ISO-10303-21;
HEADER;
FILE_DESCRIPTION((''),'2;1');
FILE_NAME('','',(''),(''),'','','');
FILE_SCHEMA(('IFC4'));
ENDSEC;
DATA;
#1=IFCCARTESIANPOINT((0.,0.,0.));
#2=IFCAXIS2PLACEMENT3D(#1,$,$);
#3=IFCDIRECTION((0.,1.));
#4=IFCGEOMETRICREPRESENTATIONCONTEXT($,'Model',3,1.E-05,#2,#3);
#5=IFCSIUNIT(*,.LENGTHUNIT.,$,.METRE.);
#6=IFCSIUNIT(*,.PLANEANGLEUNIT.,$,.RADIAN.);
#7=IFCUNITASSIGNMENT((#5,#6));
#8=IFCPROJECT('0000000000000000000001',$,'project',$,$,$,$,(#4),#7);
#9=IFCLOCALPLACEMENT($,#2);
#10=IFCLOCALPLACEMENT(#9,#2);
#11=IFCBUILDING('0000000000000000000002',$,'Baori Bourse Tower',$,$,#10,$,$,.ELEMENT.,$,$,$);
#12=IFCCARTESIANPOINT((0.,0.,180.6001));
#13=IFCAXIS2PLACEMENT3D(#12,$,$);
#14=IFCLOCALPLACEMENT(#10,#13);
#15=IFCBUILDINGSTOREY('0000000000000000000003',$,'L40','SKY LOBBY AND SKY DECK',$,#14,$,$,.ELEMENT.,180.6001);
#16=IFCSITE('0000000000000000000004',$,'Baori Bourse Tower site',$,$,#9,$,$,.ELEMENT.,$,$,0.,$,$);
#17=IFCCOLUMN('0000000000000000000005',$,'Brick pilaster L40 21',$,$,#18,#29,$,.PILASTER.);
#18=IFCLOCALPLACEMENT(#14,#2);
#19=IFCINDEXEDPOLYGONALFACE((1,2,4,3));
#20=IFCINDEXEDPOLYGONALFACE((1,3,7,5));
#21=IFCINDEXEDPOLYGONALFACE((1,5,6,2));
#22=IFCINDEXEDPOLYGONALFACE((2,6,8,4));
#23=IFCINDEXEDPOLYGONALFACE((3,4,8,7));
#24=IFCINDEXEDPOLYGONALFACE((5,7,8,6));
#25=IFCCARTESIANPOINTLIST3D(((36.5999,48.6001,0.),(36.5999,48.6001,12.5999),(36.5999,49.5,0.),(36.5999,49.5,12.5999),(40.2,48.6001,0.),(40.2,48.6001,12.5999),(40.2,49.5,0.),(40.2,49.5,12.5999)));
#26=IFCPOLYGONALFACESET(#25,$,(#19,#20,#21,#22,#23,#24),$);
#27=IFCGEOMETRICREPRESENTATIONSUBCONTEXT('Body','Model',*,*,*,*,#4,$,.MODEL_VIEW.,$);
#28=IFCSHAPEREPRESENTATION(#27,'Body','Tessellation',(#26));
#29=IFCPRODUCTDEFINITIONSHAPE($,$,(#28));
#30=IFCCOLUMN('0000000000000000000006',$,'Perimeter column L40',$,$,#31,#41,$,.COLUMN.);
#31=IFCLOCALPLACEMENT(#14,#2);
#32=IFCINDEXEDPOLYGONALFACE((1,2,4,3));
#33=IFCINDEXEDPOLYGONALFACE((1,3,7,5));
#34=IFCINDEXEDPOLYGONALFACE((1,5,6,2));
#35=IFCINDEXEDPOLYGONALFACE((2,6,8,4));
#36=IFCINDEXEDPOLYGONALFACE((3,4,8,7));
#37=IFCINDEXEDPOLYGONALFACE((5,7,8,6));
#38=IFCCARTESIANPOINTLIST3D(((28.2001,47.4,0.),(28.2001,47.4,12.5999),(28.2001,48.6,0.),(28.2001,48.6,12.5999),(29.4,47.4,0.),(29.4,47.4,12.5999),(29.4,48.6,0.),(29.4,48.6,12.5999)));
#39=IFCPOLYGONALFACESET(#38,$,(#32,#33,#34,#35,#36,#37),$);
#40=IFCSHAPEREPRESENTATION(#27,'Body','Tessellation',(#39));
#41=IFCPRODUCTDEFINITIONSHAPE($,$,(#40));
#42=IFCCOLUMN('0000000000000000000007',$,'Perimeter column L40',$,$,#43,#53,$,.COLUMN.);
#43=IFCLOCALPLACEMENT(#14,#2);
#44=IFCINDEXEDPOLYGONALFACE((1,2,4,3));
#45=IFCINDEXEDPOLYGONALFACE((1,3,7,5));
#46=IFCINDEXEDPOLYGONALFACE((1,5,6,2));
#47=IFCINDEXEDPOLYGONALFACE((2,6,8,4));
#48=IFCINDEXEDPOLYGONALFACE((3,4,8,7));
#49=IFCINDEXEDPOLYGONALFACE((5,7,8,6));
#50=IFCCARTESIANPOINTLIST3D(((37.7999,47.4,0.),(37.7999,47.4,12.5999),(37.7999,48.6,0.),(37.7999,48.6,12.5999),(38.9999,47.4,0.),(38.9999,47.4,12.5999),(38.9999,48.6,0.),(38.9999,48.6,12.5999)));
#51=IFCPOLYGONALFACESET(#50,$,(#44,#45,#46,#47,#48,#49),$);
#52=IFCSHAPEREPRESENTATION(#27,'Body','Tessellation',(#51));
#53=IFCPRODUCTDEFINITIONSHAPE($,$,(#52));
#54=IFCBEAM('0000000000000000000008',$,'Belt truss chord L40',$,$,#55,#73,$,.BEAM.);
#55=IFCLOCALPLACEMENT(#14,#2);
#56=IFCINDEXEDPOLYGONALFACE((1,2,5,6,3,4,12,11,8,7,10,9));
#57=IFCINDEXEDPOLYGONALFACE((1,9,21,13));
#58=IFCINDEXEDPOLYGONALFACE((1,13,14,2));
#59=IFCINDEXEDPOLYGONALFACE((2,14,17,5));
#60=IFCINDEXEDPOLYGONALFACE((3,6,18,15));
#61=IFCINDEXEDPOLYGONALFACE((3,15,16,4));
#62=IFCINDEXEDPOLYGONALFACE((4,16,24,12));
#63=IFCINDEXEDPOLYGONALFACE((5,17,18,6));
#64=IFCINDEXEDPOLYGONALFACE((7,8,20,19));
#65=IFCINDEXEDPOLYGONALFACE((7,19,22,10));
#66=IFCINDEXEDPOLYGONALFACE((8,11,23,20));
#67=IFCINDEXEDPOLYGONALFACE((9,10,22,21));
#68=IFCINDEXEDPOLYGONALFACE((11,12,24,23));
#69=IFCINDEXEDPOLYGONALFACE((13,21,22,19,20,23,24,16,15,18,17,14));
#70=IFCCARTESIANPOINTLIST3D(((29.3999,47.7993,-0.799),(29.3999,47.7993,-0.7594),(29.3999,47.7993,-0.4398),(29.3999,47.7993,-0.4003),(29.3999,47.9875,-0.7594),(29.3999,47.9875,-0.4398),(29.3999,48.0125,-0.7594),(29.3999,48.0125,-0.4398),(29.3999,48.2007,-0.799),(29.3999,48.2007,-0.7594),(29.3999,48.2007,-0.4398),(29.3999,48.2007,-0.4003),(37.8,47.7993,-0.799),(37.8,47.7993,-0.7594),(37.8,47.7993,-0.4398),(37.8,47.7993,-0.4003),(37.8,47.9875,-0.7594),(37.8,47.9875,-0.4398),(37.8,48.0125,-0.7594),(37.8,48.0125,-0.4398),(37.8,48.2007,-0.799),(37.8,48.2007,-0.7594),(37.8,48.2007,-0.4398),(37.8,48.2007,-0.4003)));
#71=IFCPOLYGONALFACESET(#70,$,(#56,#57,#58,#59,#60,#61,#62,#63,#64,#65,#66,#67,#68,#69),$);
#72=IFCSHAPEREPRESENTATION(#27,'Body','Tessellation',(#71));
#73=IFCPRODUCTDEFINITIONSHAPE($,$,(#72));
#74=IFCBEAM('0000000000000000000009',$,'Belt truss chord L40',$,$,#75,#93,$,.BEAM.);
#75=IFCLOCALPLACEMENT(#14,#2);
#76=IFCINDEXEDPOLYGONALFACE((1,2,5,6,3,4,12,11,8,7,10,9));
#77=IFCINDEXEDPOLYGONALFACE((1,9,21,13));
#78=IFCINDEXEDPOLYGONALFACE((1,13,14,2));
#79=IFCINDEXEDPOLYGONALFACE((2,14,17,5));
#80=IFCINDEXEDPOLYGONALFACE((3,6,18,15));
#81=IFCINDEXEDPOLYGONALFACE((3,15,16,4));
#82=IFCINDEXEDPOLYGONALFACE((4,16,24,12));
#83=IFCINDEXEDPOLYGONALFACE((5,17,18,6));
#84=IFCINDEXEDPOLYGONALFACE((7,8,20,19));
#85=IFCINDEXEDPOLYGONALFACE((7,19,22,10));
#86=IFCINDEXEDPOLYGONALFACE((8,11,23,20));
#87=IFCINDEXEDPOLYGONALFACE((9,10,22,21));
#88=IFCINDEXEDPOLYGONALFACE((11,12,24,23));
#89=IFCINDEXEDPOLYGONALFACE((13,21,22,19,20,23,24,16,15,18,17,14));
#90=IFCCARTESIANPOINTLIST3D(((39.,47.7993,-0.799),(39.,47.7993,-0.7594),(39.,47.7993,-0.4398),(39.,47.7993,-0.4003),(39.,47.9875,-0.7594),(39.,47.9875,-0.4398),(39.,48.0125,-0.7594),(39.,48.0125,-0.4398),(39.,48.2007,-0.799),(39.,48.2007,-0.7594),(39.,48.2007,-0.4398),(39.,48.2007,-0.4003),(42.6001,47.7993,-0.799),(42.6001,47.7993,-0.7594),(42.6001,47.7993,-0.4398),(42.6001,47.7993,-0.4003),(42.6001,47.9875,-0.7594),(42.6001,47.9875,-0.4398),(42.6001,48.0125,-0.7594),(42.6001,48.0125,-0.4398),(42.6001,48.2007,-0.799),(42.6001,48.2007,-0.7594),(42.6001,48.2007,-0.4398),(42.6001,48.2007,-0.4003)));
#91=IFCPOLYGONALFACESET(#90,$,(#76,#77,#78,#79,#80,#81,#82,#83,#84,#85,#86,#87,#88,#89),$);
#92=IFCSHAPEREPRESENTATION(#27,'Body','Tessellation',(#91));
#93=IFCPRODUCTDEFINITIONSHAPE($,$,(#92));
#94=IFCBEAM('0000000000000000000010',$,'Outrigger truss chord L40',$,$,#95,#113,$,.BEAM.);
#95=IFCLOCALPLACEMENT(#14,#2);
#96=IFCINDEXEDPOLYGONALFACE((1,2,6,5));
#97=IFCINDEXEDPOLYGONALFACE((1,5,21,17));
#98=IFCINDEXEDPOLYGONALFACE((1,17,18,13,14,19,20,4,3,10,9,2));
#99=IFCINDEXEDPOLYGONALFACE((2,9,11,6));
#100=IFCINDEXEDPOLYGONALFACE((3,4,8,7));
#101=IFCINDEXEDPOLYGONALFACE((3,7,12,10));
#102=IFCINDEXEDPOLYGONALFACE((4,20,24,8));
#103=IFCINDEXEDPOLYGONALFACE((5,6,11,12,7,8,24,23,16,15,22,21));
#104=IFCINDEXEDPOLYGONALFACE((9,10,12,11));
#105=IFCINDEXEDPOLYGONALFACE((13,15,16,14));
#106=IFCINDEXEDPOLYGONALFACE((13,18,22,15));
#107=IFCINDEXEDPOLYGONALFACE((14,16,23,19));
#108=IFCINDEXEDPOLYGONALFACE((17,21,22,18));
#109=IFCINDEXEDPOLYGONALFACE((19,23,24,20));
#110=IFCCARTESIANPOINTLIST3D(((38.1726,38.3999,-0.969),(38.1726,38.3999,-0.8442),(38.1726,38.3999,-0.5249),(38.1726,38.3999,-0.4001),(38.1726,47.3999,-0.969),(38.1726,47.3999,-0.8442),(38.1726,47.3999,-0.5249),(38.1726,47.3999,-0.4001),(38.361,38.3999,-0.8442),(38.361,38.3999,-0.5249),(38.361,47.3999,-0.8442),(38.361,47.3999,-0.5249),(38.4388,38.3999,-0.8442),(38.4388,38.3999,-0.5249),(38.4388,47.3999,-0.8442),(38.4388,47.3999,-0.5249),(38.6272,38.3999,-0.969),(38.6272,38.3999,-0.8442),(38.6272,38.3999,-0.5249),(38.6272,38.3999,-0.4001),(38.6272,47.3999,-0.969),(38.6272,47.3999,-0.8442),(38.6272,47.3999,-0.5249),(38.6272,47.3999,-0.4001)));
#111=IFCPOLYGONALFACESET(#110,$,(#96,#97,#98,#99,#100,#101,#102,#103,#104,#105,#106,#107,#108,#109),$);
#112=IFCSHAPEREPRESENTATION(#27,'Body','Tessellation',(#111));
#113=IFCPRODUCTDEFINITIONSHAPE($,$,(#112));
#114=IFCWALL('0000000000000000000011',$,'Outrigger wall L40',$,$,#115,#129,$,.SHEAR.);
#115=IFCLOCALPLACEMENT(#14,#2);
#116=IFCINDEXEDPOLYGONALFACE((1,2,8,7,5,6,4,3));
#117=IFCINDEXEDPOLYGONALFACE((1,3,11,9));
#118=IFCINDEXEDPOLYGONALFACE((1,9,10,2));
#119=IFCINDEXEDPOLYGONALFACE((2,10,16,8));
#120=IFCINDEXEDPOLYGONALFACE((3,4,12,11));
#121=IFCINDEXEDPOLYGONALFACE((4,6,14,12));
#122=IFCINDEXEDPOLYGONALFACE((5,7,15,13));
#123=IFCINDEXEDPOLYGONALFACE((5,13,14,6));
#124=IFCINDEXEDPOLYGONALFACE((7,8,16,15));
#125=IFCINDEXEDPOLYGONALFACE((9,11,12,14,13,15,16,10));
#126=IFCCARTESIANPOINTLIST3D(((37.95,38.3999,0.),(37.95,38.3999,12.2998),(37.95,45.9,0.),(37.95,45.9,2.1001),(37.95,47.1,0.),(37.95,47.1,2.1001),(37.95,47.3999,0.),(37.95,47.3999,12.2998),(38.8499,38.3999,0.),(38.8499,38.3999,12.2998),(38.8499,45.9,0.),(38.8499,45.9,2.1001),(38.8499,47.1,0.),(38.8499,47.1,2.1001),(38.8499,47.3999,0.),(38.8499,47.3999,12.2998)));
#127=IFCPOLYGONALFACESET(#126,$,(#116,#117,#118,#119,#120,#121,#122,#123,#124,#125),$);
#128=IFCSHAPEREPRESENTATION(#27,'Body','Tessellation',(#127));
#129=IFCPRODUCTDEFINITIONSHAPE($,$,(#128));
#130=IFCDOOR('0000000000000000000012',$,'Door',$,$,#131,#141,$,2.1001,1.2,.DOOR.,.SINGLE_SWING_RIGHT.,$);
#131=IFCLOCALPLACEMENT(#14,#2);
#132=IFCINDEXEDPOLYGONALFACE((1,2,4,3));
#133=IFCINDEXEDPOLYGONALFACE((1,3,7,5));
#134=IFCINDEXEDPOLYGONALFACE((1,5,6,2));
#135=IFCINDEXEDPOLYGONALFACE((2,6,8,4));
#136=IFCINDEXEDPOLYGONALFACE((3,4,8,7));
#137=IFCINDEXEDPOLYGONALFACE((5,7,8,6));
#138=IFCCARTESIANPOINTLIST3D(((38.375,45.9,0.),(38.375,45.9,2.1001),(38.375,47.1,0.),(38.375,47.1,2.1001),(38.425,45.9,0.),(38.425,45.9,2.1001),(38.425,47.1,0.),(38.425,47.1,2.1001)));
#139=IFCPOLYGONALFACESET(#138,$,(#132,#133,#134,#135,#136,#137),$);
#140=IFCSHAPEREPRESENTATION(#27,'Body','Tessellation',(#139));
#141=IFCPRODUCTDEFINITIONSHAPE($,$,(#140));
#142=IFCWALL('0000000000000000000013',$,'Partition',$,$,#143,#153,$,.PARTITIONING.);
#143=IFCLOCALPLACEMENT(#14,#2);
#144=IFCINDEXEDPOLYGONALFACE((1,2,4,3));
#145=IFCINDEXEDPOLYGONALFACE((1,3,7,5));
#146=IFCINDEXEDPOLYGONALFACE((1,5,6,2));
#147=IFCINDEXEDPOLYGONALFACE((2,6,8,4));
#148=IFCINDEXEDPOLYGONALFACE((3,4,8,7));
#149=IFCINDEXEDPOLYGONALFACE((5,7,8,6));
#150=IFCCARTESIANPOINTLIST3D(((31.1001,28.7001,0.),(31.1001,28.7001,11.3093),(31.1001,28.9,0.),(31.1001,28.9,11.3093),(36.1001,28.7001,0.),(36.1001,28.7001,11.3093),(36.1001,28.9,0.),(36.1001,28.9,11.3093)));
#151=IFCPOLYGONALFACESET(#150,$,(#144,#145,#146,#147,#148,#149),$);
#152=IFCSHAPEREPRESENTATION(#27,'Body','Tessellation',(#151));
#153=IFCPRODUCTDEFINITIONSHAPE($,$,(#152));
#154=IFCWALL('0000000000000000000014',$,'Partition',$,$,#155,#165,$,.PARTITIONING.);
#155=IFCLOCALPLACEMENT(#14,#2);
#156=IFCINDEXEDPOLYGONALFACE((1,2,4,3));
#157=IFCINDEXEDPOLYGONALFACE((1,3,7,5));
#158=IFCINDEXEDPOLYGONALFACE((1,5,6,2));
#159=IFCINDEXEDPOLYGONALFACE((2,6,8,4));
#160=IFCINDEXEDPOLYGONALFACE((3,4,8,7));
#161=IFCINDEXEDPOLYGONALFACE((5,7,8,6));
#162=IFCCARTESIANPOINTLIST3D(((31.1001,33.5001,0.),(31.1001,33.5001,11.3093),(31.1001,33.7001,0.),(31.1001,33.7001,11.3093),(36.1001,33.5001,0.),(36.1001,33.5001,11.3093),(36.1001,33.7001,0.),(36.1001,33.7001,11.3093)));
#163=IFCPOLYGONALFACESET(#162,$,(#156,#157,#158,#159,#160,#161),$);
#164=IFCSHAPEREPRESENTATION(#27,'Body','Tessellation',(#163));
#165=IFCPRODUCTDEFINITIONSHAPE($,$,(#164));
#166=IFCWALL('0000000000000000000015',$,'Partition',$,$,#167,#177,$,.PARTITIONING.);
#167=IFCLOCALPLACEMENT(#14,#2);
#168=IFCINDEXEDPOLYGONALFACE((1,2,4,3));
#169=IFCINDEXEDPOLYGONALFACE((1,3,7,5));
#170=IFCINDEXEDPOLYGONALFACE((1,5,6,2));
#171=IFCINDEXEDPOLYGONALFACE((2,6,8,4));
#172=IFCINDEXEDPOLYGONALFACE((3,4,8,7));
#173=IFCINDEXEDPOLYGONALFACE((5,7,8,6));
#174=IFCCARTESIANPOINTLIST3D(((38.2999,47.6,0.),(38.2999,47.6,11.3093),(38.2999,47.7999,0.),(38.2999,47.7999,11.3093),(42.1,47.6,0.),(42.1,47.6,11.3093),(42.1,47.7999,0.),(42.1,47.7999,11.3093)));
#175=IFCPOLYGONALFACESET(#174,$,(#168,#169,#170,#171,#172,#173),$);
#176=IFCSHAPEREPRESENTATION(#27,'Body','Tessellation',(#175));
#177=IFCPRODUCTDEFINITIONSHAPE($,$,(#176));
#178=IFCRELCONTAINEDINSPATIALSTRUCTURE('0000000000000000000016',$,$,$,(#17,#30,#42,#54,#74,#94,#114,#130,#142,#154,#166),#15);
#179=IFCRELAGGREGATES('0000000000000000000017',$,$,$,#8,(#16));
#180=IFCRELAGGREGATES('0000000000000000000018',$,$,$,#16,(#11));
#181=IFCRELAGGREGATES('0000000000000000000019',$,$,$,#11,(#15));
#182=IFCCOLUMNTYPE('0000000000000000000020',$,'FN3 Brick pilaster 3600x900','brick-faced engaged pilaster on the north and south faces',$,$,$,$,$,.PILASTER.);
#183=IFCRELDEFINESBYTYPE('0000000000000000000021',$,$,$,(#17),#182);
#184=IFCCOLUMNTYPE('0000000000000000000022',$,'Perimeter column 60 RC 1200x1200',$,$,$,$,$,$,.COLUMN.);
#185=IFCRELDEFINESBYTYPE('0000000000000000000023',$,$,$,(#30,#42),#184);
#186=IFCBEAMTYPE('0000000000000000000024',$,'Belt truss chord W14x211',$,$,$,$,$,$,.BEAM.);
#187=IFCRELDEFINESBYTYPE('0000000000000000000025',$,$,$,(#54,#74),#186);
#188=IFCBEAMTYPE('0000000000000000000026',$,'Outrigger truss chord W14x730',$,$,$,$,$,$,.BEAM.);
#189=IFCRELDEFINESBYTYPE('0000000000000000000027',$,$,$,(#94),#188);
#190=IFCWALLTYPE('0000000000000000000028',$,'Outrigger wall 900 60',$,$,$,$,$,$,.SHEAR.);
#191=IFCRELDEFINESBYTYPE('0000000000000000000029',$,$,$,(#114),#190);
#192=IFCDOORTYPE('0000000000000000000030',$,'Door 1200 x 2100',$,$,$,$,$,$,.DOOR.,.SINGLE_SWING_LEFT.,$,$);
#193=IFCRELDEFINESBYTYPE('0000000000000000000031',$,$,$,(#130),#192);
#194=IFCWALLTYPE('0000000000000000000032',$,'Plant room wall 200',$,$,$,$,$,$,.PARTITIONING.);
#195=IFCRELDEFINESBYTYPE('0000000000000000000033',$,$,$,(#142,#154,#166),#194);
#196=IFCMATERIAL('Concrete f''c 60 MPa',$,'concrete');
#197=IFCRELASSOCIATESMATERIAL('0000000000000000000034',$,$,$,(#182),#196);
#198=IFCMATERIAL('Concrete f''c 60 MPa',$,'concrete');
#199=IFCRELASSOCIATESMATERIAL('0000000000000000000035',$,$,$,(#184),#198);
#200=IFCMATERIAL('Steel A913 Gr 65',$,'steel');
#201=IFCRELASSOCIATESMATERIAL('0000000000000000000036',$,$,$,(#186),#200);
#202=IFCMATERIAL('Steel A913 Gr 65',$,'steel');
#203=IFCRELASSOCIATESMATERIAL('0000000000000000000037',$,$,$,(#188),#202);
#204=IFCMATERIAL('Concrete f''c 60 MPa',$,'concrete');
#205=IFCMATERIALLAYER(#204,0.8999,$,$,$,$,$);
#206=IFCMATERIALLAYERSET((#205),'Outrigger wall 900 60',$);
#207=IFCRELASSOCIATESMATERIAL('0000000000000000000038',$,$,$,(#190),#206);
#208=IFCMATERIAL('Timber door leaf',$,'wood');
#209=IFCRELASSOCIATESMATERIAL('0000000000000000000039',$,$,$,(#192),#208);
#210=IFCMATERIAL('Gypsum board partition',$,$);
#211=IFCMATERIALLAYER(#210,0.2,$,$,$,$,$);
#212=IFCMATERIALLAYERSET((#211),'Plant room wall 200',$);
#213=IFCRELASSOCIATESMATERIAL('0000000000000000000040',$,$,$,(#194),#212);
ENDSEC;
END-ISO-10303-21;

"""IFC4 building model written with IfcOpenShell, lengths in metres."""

from ifc_helpers import new_model, si_unit, direction, frame, frame_2d, origin, origin_2d, place, context, subcontext, project, spatial, rectangle, i_section, extrude, material, layer, layer_set, material_profile, profile_set, type_object, element, fill, save


model = new_model("IFC4")

# Units and contexts
model_context = context("Model", 3, precision=1e-05, world=origin(), true_north=direction((0.0, 1.0)))
body_context = subcontext(model_context, "Body", "Model", "MODEL_VIEW")
ifc_project = project(units=[si_unit("LENGTHUNIT", "METRE"), si_unit("PLANEANGLEUNIT", "RADIAN")], contexts=[model_context])

# Site, building, storey
site_placement = place(None, origin())
site = spatial("IfcSite", under=ifc_project, at=site_placement, Name="Baori Bourse Tower site", CompositionType="ELEMENT", RefElevation=0.0)
building_placement = place(site_placement, origin())
building = spatial("IfcBuilding", under=site, at=building_placement, Name="Baori Bourse Tower", CompositionType="ELEMENT")
storey_placement = place(building_placement, frame((0.0, 0.0, 180.6001)))
storey = spatial("IfcBuildingStorey", under=building, at=storey_placement, Name="L40", Description="SKY LOBBY AND SKY DECK", CompositionType="ELEMENT", Elevation=180.6001)

# Columns
ifc_material_1 = material(Name="Concrete f'c 60 MPa", Category="concrete")
ifc_material_profile_1 = material_profile(ifc_material_1, rectangle(XDim=3.6001, YDim=0.8999, at=origin_2d()), Name="RC 3600x900")
ifc_profile_set_1 = profile_set([ifc_material_profile_1], Name="Concrete f'c 60 MPa")
column_type_1 = type_object("IfcColumnType", Name="FN3 Brick pilaster 3600x900", Description="brick-faced engaged pilaster on the north and south faces", PredefinedType="PILASTER", material=ifc_profile_set_1)
column_placement = place(storey_placement, frame((38.3999, 49.05, 0.0), z_axis=(0.0, 0.0, 1.0), x_axis=(1.0, 0.0, 0.0)))
element("IfcColumn", 1, at=column_placement, inside=storey, type_object=column_type_1, Name="Brick pilaster L40 21", PredefinedType="PILASTER", context=body_context, shape_type="SweptSolid", body=[
    extrude(rectangle(XDim=3.6001, YDim=0.8999, at=origin_2d()), origin(), (0.0, 0.0, 1.0), 12.5999),
])
ifc_material_2 = material(Name="Concrete f'c 60 MPa", Category="concrete")
ifc_material_profile_2 = material_profile(ifc_material_2, rectangle(XDim=1.2, YDim=1.2, at=origin_2d()), Name="RC 1200x1200")
ifc_profile_set_2 = profile_set([ifc_material_profile_2], Name="Concrete f'c 60 MPa")
column_type_2 = type_object("IfcColumnType", Name="Perimeter column 60 RC 1200x1200", PredefinedType="COLUMN", material=ifc_profile_set_2)
for number, where, z_axis, x_axis, name in (
    (2, (28.8, 48.0, 0.0), (0.0, 0.0, 1.0), (1.0, 0.0, 0.0), "Perimeter column L40"),
    (3, (38.3999, 48.0, 0.0), (0.0, 0.0, 1.0), (1.0, 0.0, 0.0), "Perimeter column L40"),
):
    element("IfcColumn", number, at=place(storey_placement, frame(where, z_axis=z_axis, x_axis=x_axis)), inside=storey, type_object=column_type_2, Name=name, PredefinedType="COLUMN", context=body_context, shape_type="SweptSolid", body=[
        extrude(rectangle(XDim=1.2, YDim=1.2, at=origin_2d()), origin(), (0.0, 0.0, 1.0), 12.5999),
    ])

# Beams
ifc_material_3 = material(Name="Steel A913 Gr 65", Category="steel")
ifc_material_profile_3 = material_profile(ifc_material_3, i_section(OverallWidth=0.4014, OverallDepth=0.3987, WebThickness=0.0249, FlangeThickness=0.0396, at=origin_2d()), Name="W14x211")
ifc_profile_set_3 = profile_set([ifc_material_profile_3], Name="Steel A913 Gr 65")
beam_type_1 = type_object("IfcBeamType", Name="Belt truss chord W14x211", PredefinedType="BEAM", material=ifc_profile_set_3)
beam_1_placement = place(storey_placement, frame((29.3999, 48.0, -0.5996), z_axis=(1.0, 0.0, 0.0), x_axis=(0.0, 1.0, 0.0)))
element("IfcBeam", 4, at=beam_1_placement, inside=storey, type_object=beam_type_1, Name="Belt truss chord L40", PredefinedType="BEAM", context=body_context, shape_type="SweptSolid", body=[
    extrude(i_section(OverallWidth=0.4014, OverallDepth=0.3987, WebThickness=0.0249, FlangeThickness=0.0396, at=origin_2d()), origin(), (0.0, 0.0, 1.0), 8.4001),
])
beam_2_placement = place(storey_placement, frame((39.0, 48.0, -0.5996), z_axis=(1.0, 0.0, 0.0), x_axis=(0.0, 1.0, 0.0)))
element("IfcBeam", 5, at=beam_2_placement, inside=storey, type_object=beam_type_1, Name="Belt truss chord L40", PredefinedType="BEAM", context=body_context, shape_type="SweptSolid", body=[
    extrude(i_section(OverallWidth=0.4014, OverallDepth=0.3987, WebThickness=0.0249, FlangeThickness=0.0396, at=origin_2d()), origin(), (0.0, 0.0, 1.0), 3.6001),
])
ifc_material_4 = material(Name="Steel A913 Gr 65", Category="steel")
ifc_material_profile_4 = material_profile(ifc_material_4, i_section(OverallWidth=0.4546, OverallDepth=0.5688, WebThickness=0.0779, FlangeThickness=0.1248, at=origin_2d()), Name="W14x730")
ifc_profile_set_4 = profile_set([ifc_material_profile_4], Name="Steel A913 Gr 65")
beam_type_2 = type_object("IfcBeamType", Name="Outrigger truss chord W14x730", PredefinedType="BEAM", material=ifc_profile_set_4)
beam_3_placement = place(storey_placement, frame((38.3999, 38.3999, -0.6846), z_axis=(0.0, 1.0, 0.0), x_axis=(-1.0, 0.0, 0.0)))
element("IfcBeam", 6, at=beam_3_placement, inside=storey, type_object=beam_type_2, Name="Outrigger truss chord L40", PredefinedType="BEAM", context=body_context, shape_type="SweptSolid", body=[
    extrude(i_section(OverallWidth=0.4546, OverallDepth=0.5688, WebThickness=0.0779, FlangeThickness=0.1248, at=origin_2d()), origin(), (0.0, 0.0, 1.0), 9.0),
])

# Wall, opening, door
ifc_material_5 = material(Name="Concrete f'c 60 MPa", Category="concrete")
ifc_layer_1 = layer(ifc_material_5, 0.8999)
ifc_layer_set_1 = layer_set([ifc_layer_1], Name="Outrigger wall 900 60")
wall_type_1 = type_object("IfcWallType", Name="Outrigger wall 900 60", PredefinedType="SHEAR", material=ifc_layer_set_1)
wall_1_placement = place(storey_placement, frame((38.3999, 38.3999, 0.0), z_axis=(0.0, 0.0, 1.0), x_axis=(0.0, 1.0, 0.0)))
wall_1 = element("IfcWall", 7, at=wall_1_placement, inside=storey, type_object=wall_type_1, Name="Outrigger wall L40", PredefinedType="SHEAR", context=body_context, shape_type="SweptSolid", body=[
    extrude(rectangle(XDim=9.0, YDim=0.8999, at=frame_2d((4.5, 0.0))), origin(), (0.0, 0.0, 1.0), 12.2998),
])
opening_1_placement = place(wall_1_placement, frame((7.5, 0.0, 0.0)))
opening_1 = element("IfcOpeningElement", 8, at=opening_1_placement, cuts=wall_1, PredefinedType="OPENING", context=body_context, shape_type="SweptSolid", body=[
    extrude(rectangle(XDim=1.2, YDim=2.1001, at=frame_2d((0.6001, 1.05))), frame((0.0, 0.46, 0.0), z_axis=(0.0, -1.0, 0.0), x_axis=(1.0, 0.0, 0.0)), (0.0, 0.0, 1.0), 0.9199),
])
ifc_material_6 = material(Name="Timber door leaf", Category="wood")
door_type_1 = type_object("IfcDoorType", Name="Door 1200 x 2100", OperationType="SINGLE_SWING_LEFT", PredefinedType="DOOR", material=ifc_material_6)
door_1_placement = place(opening_1_placement, origin())
door_1 = element("IfcDoor", 9, at=door_1_placement, inside=storey, type_object=door_type_1, Name="Door", OperationType="SINGLE_SWING_RIGHT", OverallHeight=2.1001, OverallWidth=1.2, PredefinedType="DOOR", context=body_context, shape_type="SweptSolid", body=[
    extrude(rectangle(XDim=1.2, YDim=2.1001, at=frame_2d((0.6001, 1.05))), frame((0.0, 0.0249, 0.0), z_axis=(0.0, -1.0, 0.0), x_axis=(1.0, 0.0, 0.0)), (0.0, 0.0, 1.0), 0.05),
])
fill(opening_1, door_1)

# Walls
ifc_material_7 = material(Name="Gypsum board partition")
ifc_layer_2 = layer(ifc_material_7, 0.2)
ifc_layer_set_2 = layer_set([ifc_layer_2], Name="Plant room wall 200")
wall_type_2 = type_object("IfcWallType", Name="Plant room wall 200", PredefinedType="PARTITIONING", material=ifc_layer_set_2)
for number, where, z_axis, x_axis, name in (
    (10, (31.1001, 28.8, 0.0), (0.0, 0.0, 1.0), (1.0, 0.0, 0.0), "Partition"),
    (11, (31.1001, 33.6001, 0.0), (0.0, 0.0, 1.0), (1.0, 0.0, 0.0), "Partition"),
):
    element("IfcWall", number, at=place(storey_placement, frame(where, z_axis=z_axis, x_axis=x_axis)), inside=storey, type_object=wall_type_2, Name=name, PredefinedType="PARTITIONING", context=body_context, shape_type="SweptSolid", body=[
        extrude(rectangle(XDim=5.0, YDim=0.2, at=frame_2d((2.5, 0.0))), origin(), (0.0, 0.0, 1.0), 11.3093),
    ])
wall_2_placement = place(storey_placement, frame((38.3, 47.7, 0.0), z_axis=(0.0, 0.0, 1.0), x_axis=(1.0, 0.0, 0.0)))
element("IfcWall", 12, at=wall_2_placement, inside=storey, type_object=wall_type_2, Name="Partition", PredefinedType="PARTITIONING", context=body_context, shape_type="SweptSolid", body=[
    extrude(rectangle(XDim=3.8, YDim=0.2, at=frame_2d((1.8999, 0.0))), origin(), (0.0, 0.0, 1.0), 11.3093),
])

save(model, "model.ifc")
